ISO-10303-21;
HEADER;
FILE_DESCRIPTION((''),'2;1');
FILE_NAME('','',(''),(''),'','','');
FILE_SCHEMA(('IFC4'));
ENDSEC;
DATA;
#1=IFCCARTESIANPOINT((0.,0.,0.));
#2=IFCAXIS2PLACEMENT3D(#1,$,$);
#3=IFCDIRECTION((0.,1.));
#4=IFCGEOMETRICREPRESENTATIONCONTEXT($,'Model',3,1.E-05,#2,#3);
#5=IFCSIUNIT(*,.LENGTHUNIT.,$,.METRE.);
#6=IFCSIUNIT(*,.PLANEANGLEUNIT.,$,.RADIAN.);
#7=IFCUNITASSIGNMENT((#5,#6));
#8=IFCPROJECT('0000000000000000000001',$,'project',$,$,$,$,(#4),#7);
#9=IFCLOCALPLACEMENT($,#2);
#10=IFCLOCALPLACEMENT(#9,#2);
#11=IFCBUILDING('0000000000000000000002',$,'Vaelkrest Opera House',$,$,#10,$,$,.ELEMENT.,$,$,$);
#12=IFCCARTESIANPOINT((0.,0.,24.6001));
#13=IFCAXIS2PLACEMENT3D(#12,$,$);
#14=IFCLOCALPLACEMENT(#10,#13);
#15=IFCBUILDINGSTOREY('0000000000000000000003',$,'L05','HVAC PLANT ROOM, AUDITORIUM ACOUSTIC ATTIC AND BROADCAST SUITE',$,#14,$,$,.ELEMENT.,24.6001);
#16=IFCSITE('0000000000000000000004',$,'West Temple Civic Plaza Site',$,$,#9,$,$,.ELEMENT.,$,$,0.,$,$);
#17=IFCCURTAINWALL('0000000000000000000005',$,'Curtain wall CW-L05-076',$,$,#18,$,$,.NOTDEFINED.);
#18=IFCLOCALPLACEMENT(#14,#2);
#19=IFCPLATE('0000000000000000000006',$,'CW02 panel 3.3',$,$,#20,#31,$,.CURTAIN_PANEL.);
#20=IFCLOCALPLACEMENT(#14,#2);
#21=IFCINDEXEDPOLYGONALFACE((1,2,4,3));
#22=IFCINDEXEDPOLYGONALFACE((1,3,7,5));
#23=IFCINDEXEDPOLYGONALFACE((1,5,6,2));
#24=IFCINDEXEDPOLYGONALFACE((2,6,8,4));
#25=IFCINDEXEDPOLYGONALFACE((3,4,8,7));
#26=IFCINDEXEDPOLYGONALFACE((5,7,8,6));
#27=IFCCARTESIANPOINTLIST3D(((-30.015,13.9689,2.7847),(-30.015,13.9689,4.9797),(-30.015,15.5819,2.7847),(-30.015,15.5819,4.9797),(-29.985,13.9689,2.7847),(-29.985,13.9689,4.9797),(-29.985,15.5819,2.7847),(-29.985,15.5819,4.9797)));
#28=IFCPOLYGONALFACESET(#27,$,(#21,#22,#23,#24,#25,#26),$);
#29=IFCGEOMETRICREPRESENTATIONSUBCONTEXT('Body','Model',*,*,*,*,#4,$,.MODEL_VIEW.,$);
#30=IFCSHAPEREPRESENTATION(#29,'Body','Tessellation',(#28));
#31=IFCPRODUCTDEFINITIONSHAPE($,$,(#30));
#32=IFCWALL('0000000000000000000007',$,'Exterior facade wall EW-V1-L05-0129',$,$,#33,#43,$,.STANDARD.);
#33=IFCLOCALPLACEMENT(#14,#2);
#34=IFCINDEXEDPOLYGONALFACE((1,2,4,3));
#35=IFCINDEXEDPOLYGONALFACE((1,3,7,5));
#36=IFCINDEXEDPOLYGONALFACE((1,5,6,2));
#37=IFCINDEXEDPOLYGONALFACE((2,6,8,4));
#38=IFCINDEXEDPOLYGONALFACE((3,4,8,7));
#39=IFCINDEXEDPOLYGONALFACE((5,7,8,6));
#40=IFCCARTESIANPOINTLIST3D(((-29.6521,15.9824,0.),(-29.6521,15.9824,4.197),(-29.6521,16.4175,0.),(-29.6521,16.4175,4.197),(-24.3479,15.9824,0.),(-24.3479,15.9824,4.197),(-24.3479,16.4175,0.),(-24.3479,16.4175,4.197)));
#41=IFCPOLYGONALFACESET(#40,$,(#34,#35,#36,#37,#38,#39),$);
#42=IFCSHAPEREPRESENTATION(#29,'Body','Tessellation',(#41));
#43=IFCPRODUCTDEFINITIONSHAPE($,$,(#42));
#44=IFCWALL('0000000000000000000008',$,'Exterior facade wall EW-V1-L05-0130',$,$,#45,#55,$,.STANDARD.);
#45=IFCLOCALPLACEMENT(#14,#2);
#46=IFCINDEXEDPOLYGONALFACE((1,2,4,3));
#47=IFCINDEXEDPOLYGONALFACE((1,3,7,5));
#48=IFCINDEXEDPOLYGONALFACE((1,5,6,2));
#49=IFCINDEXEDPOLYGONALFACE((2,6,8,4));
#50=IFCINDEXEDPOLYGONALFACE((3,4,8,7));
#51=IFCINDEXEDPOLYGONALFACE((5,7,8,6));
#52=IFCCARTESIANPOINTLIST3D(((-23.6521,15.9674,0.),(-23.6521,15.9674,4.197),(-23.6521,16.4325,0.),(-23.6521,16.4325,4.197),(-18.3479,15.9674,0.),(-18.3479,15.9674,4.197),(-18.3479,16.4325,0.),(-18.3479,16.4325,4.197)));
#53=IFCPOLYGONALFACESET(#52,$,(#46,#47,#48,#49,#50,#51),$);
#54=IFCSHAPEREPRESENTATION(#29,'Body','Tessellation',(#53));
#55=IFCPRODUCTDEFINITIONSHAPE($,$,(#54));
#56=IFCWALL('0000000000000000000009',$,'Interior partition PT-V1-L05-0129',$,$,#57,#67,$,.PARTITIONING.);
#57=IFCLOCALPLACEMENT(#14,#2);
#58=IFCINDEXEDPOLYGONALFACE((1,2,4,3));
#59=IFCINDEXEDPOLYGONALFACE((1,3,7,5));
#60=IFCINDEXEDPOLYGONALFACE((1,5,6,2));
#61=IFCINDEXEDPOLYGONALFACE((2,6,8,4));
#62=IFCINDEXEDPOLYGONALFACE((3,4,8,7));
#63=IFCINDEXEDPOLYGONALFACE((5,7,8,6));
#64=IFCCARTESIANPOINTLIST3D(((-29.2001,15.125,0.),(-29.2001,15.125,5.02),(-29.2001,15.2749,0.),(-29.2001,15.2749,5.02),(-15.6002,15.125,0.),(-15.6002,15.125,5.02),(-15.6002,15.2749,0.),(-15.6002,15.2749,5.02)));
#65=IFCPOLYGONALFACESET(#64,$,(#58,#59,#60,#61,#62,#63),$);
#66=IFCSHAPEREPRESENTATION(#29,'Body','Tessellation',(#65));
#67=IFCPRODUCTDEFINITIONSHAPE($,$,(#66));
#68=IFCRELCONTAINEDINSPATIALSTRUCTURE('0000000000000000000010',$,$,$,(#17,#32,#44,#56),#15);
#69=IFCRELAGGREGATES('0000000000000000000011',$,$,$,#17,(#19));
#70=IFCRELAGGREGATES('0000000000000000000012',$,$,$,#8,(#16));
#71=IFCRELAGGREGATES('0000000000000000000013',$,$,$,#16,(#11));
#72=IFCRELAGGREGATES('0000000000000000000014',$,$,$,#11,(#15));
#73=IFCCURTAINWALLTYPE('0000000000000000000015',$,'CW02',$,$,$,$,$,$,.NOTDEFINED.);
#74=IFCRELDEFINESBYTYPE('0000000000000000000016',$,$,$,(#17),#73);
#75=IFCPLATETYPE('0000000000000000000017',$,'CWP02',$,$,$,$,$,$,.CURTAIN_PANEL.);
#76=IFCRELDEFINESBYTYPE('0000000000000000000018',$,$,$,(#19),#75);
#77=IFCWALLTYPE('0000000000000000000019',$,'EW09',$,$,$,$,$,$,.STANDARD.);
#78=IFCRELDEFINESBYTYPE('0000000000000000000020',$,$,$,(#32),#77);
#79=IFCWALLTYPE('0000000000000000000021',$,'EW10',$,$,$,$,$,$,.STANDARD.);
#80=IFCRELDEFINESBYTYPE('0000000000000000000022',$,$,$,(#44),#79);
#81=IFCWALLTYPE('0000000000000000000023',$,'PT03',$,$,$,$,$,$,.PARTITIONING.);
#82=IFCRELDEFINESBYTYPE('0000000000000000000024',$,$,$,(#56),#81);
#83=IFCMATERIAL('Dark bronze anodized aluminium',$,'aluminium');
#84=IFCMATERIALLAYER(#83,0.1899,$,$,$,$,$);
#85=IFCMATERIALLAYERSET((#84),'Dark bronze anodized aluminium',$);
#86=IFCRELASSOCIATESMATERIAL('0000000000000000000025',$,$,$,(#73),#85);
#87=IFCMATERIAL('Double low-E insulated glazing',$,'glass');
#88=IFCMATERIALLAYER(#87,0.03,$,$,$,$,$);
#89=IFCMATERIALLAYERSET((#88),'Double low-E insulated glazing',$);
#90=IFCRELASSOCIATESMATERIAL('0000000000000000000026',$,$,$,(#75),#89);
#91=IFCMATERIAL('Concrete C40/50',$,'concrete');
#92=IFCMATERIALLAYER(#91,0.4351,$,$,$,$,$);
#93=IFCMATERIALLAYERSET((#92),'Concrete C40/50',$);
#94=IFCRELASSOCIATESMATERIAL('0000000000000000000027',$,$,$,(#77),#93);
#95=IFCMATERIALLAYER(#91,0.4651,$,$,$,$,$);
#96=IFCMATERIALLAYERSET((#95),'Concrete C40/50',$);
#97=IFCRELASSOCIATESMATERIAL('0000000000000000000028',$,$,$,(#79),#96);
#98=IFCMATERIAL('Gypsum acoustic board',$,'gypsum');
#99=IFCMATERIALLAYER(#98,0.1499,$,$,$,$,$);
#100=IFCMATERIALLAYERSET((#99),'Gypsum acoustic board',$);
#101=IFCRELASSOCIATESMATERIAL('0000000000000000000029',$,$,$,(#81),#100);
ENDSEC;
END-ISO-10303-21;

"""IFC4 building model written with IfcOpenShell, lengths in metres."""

from ifc_helpers import new_model, si_unit, direction, frame, frame_2d, origin, origin_2d, place, context, subcontext, project, spatial, rectangle, extrude, material, layer, layer_set, type_object, element, aggregate, save


model = new_model("IFC4")

# Units and contexts
model_context = context("Model", 3, precision=1e-05, world=origin(), true_north=direction((0.0, 1.0)))
body_context = subcontext(model_context, "Body", "Model", "MODEL_VIEW")
ifc_project = project(units=[si_unit("LENGTHUNIT", "METRE"), si_unit("PLANEANGLEUNIT", "RADIAN")], contexts=[model_context])

# Site, building, storey
site_placement = place(None, origin())
site = spatial("IfcSite", under=ifc_project, at=site_placement, Name="West Temple Civic Plaza Site", CompositionType="ELEMENT", RefElevation=0.0)
building_placement = place(site_placement, origin())
building = spatial("IfcBuilding", under=site, at=building_placement, Name="Vaelkrest Opera House", CompositionType="ELEMENT")
storey_placement = place(building_placement, frame((0.0, 0.0, 24.6001)))
storey = spatial("IfcBuildingStorey", under=building, at=storey_placement, Name="L05", Description="HVAC PLANT ROOM, AUDITORIUM ACOUSTIC ATTIC AND BROADCAST SUITE", CompositionType="ELEMENT", Elevation=24.6001)

# Curtain wall
ifc_material_1 = material(Name="Dark bronze anodized aluminium", Category="aluminium")
ifc_layer_1 = layer(ifc_material_1, 0.1899)
ifc_layer_set_1 = layer_set([ifc_layer_1], Name="Dark bronze anodized aluminium")
curtain_wall_type = type_object("IfcCurtainWallType", Name="CW02", PredefinedType="NOTDEFINED", material=ifc_layer_set_1)
curtain_wall_placement = place(storey_placement, origin())
curtain_wall = element("IfcCurtainWall", 1, at=curtain_wall_placement, inside=storey, type_object=curtain_wall_type, Name="Curtain wall CW-L05-076", PredefinedType="NOTDEFINED")

# Plate
ifc_material_2 = material(Name="Double low-E insulated glazing", Category="glass")
ifc_layer_2 = layer(ifc_material_2, 0.03)
ifc_layer_set_2 = layer_set([ifc_layer_2], Name="Double low-E insulated glazing")
plate_type = type_object("IfcPlateType", Name="CWP02", PredefinedType="CURTAIN_PANEL", material=ifc_layer_set_2)
plate_1_placement = place(storey_placement, frame((-30.0, 14.7754, 2.7847), z_axis=(0.0, 0.0, 1.0), x_axis=(0.0, 1.0, 0.0)))
plate_1 = element("IfcPlate", 2, at=plate_1_placement, type_object=plate_type, Name="CW02 panel 3.3", PredefinedType="CURTAIN_PANEL", context=body_context, shape_type="SweptSolid", body=[
    extrude(rectangle(XDim=1.613, YDim=0.03, at=origin_2d()), origin(), (0.0, 0.0, 1.0), 2.1951),
])
aggregate(curtain_wall, [plate_1])

# Walls
ifc_material_3 = material(Name="Concrete C40/50", Category="concrete")
ifc_layer_3 = layer(ifc_material_3, 0.4351)
ifc_layer_set_3 = layer_set([ifc_layer_3], Name="Concrete C40/50")
wall_type_1 = type_object("IfcWallType", Name="EW09", PredefinedType="STANDARD", material=ifc_layer_set_3)
wall_1_placement = place(storey_placement, frame((-29.6521, 16.2, 0.0), z_axis=(0.0, 0.0, 1.0), x_axis=(1.0, 0.0, 0.0)))
element("IfcWall", 3, at=wall_1_placement, inside=storey, type_object=wall_type_1, Name="Exterior facade wall EW-V1-L05-0129", PredefinedType="STANDARD", context=body_context, shape_type="SweptSolid", body=[
    extrude(rectangle(XDim=5.3042, YDim=0.4351, at=frame_2d((2.6521, 0.0))), origin(), (0.0, 0.0, 1.0), 4.197),
])
ifc_layer_4 = layer(ifc_material_3, 0.4651)
ifc_layer_set_4 = layer_set([ifc_layer_4], Name="Concrete C40/50")
wall_type_2 = type_object("IfcWallType", Name="EW10", PredefinedType="STANDARD", material=ifc_layer_set_4)
wall_2_placement = place(storey_placement, frame((-23.6521, 16.2, 0.0), z_axis=(0.0, 0.0, 1.0), x_axis=(1.0, 0.0, 0.0)))
element("IfcWall", 4, at=wall_2_placement, inside=storey, type_object=wall_type_2, Name="Exterior facade wall EW-V1-L05-0130", PredefinedType="STANDARD", context=body_context, shape_type="SweptSolid", body=[
    extrude(rectangle(XDim=5.3042, YDim=0.4651, at=frame_2d((2.6521, 0.0))), origin(), (0.0, 0.0, 1.0), 4.197),
])
ifc_material_4 = material(Name="Gypsum acoustic board", Category="gypsum")
ifc_layer_5 = layer(ifc_material_4, 0.1499)
ifc_layer_set_5 = layer_set([ifc_layer_5], Name="Gypsum acoustic board")
wall_type_3 = type_object("IfcWallType", Name="PT03", PredefinedType="PARTITIONING", material=ifc_layer_set_5)
wall_3_placement = place(storey_placement, frame((-29.2, 15.2, 0.0), z_axis=(0.0, 0.0, 1.0), x_axis=(1.0, 0.0, 0.0)))
element("IfcWall", 5, at=wall_3_placement, inside=storey, type_object=wall_type_3, Name="Interior partition PT-V1-L05-0129", PredefinedType="PARTITIONING", context=body_context, shape_type="SweptSolid", body=[
    extrude(rectangle(XDim=13.5999, YDim=0.1499, at=frame_2d((6.7998, 0.0))), origin(), (0.0, 0.0, 1.0), 5.02),
])

save(model, "model.ifc")
